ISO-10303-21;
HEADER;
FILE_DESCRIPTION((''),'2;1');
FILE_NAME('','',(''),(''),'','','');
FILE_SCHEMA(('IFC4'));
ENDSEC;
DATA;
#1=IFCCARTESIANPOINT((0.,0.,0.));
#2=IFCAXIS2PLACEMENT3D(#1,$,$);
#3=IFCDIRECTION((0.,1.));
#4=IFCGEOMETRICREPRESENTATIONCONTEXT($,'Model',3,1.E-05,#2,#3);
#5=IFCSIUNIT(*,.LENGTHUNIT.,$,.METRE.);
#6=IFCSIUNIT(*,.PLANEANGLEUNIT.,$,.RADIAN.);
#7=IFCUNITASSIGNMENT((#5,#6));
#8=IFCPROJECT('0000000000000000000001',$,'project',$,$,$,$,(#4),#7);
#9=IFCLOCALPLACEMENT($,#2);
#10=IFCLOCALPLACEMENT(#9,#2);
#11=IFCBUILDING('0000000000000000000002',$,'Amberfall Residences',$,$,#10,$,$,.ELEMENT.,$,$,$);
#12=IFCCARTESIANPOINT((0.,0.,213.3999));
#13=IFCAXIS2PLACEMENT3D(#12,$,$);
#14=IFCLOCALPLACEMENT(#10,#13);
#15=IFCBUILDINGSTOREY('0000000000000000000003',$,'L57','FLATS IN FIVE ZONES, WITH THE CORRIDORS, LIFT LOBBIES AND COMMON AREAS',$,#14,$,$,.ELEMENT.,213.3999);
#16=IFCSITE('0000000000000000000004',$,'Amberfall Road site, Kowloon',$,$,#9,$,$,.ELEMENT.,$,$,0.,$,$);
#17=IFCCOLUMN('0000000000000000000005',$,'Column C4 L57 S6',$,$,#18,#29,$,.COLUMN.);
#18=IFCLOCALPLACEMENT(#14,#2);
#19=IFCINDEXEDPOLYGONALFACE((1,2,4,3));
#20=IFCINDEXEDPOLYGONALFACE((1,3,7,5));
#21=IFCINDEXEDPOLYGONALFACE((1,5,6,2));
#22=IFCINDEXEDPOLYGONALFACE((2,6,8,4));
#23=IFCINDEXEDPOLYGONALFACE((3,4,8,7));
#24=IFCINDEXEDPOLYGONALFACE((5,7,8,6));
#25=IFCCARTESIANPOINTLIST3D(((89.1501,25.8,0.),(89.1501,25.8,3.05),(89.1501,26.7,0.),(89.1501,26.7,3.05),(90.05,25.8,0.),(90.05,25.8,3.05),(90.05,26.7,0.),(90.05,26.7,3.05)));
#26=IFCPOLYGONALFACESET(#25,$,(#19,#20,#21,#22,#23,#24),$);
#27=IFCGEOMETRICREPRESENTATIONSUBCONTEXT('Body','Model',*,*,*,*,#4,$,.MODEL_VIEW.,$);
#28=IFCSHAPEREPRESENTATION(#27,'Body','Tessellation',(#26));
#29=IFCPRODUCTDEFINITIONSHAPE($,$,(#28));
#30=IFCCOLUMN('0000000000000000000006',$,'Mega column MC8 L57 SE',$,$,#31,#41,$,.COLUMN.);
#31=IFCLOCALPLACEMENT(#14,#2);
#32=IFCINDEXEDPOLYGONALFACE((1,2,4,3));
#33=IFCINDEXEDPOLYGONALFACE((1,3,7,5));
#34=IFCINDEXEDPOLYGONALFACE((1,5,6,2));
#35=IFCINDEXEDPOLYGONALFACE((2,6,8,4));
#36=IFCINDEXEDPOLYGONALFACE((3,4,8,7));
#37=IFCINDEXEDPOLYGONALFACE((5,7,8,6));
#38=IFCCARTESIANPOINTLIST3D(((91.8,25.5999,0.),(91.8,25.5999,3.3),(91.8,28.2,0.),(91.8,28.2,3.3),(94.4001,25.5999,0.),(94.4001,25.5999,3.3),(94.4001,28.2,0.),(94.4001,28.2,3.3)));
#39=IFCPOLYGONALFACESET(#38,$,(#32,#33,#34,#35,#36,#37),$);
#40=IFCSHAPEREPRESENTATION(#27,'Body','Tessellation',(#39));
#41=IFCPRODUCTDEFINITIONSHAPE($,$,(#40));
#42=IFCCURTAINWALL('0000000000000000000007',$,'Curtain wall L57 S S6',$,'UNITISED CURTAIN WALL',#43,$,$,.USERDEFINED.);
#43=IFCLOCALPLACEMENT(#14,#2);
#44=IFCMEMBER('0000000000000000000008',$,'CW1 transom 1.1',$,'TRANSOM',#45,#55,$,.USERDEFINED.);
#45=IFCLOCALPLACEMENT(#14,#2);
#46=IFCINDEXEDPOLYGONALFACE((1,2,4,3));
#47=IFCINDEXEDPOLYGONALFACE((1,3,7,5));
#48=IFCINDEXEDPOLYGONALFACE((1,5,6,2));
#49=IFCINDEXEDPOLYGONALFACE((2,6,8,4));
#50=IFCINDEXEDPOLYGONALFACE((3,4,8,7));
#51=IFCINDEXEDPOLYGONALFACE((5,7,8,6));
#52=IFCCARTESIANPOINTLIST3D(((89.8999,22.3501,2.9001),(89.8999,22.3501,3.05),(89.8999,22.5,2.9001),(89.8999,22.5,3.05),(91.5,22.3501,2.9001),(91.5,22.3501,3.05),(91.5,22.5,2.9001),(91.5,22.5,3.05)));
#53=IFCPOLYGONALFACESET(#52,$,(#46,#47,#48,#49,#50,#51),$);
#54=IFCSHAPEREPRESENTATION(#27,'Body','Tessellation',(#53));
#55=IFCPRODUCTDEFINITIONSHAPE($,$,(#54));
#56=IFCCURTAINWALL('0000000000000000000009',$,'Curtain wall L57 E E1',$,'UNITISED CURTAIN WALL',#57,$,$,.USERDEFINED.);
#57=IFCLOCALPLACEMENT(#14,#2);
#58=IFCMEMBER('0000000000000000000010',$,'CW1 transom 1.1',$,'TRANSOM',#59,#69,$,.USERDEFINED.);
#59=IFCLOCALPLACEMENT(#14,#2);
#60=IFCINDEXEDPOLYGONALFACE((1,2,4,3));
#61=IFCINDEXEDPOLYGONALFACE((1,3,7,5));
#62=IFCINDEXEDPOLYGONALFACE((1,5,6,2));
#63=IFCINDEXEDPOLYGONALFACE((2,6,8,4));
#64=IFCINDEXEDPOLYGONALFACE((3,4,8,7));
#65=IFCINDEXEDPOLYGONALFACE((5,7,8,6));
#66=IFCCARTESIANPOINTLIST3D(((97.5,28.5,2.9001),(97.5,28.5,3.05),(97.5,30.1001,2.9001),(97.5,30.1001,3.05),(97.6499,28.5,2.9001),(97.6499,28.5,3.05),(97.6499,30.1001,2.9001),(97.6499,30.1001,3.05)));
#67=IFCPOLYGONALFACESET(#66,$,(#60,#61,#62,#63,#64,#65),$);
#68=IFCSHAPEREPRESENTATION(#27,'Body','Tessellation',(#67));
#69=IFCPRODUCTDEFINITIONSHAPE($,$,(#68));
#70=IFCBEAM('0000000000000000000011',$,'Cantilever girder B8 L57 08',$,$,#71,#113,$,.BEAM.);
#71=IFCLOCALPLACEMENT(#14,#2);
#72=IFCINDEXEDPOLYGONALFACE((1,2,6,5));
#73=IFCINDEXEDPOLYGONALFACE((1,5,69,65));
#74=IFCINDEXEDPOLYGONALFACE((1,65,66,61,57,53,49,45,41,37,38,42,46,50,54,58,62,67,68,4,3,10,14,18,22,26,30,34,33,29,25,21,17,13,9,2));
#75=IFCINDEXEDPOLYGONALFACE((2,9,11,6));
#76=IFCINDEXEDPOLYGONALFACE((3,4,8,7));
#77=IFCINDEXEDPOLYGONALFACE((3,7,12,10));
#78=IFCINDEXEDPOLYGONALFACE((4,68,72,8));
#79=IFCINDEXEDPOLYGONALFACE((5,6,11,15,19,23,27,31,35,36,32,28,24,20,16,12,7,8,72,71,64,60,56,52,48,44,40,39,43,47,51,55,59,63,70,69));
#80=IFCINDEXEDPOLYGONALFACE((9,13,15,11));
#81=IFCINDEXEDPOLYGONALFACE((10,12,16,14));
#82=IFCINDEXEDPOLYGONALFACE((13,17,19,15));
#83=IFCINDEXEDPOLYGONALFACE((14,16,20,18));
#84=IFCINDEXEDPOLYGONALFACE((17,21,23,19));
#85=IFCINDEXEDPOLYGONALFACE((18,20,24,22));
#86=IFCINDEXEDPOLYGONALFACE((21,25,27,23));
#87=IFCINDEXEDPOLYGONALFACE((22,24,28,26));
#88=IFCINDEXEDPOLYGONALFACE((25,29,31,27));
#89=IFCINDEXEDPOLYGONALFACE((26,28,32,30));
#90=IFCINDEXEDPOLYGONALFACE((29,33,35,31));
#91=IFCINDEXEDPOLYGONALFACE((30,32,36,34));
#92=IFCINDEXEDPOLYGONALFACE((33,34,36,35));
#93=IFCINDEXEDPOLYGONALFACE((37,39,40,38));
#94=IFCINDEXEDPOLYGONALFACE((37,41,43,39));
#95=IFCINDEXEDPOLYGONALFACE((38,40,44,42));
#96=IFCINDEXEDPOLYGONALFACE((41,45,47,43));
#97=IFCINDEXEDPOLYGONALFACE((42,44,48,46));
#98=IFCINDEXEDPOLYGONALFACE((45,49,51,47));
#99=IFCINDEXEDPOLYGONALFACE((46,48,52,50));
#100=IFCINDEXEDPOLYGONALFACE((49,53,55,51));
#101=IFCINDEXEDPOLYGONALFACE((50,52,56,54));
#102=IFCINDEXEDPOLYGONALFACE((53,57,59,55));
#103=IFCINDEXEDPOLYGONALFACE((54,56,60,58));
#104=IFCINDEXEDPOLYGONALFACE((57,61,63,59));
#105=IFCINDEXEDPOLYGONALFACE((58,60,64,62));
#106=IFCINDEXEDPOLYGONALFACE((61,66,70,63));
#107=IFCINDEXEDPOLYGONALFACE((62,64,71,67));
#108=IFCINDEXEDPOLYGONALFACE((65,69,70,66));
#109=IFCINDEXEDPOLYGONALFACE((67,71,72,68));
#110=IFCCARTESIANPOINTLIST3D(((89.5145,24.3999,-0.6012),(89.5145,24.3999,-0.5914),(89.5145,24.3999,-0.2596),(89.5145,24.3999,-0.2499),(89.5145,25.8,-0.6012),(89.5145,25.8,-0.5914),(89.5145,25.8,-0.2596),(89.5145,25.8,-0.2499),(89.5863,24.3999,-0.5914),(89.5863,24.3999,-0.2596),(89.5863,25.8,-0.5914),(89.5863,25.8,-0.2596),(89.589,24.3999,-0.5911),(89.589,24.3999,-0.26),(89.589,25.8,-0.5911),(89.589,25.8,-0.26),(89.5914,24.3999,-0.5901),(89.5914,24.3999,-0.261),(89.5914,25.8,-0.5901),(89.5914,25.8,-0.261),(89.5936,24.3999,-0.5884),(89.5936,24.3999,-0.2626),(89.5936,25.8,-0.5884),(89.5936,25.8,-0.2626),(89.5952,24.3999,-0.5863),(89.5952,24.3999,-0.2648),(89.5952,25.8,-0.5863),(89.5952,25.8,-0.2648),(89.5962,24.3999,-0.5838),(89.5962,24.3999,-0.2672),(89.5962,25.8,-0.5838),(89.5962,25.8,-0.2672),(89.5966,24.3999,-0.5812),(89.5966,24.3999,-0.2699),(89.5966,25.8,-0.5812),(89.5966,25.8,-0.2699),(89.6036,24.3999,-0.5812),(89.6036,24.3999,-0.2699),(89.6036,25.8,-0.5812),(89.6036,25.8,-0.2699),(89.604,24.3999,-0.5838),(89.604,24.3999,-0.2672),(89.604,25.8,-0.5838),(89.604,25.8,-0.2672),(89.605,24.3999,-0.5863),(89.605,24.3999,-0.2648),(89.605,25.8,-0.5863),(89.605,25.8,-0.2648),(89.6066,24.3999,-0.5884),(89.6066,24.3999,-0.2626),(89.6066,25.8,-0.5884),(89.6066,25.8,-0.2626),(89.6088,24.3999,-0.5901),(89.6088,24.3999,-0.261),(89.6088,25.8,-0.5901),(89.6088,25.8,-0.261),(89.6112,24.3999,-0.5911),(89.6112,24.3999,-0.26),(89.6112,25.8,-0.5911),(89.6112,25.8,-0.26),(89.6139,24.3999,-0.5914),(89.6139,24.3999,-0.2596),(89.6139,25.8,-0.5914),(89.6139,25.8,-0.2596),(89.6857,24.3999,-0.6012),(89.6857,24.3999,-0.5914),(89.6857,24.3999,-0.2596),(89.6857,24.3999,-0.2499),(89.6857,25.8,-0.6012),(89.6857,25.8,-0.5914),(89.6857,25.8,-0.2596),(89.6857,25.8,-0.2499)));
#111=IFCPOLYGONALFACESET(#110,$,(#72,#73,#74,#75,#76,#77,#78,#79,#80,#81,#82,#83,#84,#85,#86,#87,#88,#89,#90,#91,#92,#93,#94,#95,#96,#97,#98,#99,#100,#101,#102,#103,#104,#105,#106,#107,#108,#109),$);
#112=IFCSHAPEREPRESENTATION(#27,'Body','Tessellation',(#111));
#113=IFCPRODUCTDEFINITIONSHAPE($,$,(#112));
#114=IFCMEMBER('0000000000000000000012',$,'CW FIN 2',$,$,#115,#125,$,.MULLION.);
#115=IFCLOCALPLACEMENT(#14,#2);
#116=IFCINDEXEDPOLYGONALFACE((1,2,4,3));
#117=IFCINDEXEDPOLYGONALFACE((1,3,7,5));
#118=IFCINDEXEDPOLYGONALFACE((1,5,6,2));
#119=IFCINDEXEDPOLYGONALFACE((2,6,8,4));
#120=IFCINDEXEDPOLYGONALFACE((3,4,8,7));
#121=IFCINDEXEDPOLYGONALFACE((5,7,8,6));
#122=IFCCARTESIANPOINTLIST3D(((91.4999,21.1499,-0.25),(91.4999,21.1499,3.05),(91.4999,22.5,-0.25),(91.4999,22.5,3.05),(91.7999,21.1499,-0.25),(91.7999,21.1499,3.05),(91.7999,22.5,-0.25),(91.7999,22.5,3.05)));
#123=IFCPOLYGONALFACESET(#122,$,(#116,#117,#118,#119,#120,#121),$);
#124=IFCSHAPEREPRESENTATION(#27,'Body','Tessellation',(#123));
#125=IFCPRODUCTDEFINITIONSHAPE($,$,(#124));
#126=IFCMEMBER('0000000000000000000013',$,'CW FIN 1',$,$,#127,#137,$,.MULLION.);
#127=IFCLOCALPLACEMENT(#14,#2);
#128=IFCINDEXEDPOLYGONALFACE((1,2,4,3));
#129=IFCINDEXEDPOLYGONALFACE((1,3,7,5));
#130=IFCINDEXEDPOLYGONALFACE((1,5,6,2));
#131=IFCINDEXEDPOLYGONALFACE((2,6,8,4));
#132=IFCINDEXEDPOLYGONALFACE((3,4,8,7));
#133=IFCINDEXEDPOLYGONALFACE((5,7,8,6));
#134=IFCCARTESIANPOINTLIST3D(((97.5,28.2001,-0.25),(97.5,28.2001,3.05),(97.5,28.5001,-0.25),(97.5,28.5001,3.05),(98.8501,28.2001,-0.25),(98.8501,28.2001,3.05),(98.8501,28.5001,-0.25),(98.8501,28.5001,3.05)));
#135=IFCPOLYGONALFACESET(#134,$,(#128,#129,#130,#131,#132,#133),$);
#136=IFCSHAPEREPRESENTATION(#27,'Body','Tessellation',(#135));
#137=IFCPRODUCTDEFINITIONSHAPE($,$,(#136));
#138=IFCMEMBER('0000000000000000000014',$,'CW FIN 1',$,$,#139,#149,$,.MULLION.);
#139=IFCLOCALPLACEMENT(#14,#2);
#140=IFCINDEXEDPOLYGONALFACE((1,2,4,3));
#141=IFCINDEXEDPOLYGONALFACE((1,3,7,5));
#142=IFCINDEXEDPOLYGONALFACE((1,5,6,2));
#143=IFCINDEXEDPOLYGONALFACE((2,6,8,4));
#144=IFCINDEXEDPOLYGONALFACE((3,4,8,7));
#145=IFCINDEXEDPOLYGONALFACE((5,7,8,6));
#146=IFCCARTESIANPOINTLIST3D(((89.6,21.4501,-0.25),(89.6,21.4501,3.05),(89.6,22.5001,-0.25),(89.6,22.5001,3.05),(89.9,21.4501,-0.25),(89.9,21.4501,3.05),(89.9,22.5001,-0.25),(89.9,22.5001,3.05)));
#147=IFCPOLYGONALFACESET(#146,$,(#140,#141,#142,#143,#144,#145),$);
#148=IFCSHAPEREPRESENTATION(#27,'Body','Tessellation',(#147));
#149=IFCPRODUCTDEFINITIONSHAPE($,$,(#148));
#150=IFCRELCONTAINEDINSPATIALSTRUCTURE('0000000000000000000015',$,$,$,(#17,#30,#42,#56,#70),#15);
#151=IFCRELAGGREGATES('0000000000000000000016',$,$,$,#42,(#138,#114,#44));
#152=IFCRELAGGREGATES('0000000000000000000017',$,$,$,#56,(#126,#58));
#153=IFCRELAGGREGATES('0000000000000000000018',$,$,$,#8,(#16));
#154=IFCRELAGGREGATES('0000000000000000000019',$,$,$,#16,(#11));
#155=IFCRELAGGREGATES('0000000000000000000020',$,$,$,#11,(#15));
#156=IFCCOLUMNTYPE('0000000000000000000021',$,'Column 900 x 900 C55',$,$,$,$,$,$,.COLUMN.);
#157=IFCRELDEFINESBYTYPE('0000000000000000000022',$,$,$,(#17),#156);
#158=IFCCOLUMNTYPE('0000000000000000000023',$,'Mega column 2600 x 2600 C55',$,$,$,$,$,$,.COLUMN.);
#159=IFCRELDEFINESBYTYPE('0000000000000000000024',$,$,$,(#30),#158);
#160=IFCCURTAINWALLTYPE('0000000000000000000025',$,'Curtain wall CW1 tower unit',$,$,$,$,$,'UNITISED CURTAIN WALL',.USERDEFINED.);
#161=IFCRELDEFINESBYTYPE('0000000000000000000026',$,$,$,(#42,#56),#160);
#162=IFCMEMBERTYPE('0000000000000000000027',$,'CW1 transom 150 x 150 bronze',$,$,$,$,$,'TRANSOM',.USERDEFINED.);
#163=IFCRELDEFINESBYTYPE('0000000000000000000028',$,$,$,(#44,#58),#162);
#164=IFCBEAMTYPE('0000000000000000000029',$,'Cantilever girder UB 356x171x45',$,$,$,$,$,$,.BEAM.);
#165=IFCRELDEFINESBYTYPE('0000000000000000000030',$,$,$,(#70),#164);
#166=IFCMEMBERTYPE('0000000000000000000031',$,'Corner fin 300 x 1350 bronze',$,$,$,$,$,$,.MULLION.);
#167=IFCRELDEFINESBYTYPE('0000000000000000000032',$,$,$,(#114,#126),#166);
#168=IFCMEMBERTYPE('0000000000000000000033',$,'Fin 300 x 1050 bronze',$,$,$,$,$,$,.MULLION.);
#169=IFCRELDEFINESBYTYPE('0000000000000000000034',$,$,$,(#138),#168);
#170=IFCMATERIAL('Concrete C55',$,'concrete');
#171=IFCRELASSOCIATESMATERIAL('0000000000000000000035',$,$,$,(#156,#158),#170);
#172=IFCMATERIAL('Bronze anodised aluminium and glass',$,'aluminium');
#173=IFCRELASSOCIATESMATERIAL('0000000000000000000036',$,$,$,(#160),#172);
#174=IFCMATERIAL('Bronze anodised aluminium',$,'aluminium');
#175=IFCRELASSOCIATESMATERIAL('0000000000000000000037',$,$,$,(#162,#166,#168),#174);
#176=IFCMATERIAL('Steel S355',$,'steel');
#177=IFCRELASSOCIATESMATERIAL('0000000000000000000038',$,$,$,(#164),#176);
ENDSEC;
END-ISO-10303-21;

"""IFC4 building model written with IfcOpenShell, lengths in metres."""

from ifc_helpers import new_model, si_unit, direction, frame, origin, origin_2d, place, context, subcontext, project, spatial, rectangle, i_section, extrude, material, material_profile, profile_set, type_object, element, aggregate, save


model = new_model("IFC4")

# Units and contexts
model_context = context("Model", 3, precision=1e-05, world=origin(), true_north=direction((0.0, 1.0)))
body_context = subcontext(model_context, "Body", "Model", "MODEL_VIEW")
ifc_project = project(units=[si_unit("LENGTHUNIT", "METRE"), si_unit("PLANEANGLEUNIT", "RADIAN")], contexts=[model_context])

# Site, building, storey
site_placement = place(None, origin())
site = spatial("IfcSite", under=ifc_project, at=site_placement, Name="Amberfall Road site, Kowloon", CompositionType="ELEMENT", RefElevation=0.0)
building_placement = place(site_placement, origin())
building = spatial("IfcBuilding", under=site, at=building_placement, Name="Amberfall Residences", CompositionType="ELEMENT")
storey_placement = place(building_placement, frame((0.0, 0.0, 213.3999)))
storey = spatial("IfcBuildingStorey", under=building, at=storey_placement, Name="L57", Description="FLATS IN FIVE ZONES, WITH THE CORRIDORS, LIFT LOBBIES AND COMMON AREAS", CompositionType="ELEMENT", Elevation=213.3999)

# Columns
ifc_material_1 = material(Name="Concrete C55", Category="concrete")
ifc_material_profile_1 = material_profile(ifc_material_1, rectangle(XDim=0.8999, YDim=0.8999, at=origin_2d()), Name="Column 900 x 900 C55")
ifc_profile_set_1 = profile_set([ifc_material_profile_1], Name="Concrete C55")
column_type_1 = type_object("IfcColumnType", Name="Column 900 x 900 C55", PredefinedType="COLUMN", material=ifc_profile_set_1)
column_1_placement = place(storey_placement, frame((89.6001, 26.25, 0.0), z_axis=(0.0, 0.0, 1.0), x_axis=(1.0, 0.0, 0.0)))
element("IfcColumn", 1, at=column_1_placement, inside=storey, type_object=column_type_1, Name="Column C4 L57 S6", PredefinedType="COLUMN", context=body_context, shape_type="SweptSolid", body=[
    extrude(rectangle(XDim=0.8999, YDim=0.8999, at=origin_2d()), origin(), (0.0, 0.0, 1.0), 3.05),
])
ifc_material_profile_2 = material_profile(ifc_material_1, rectangle(XDim=2.6001, YDim=2.6001, at=origin_2d()), Name="Mega column 2600 x 2600 C55")
ifc_profile_set_2 = profile_set([ifc_material_profile_2], Name="Concrete C55")
column_type_2 = type_object("IfcColumnType", Name="Mega column 2600 x 2600 C55", PredefinedType="COLUMN", material=ifc_profile_set_2)
column_2_placement = place(storey_placement, frame((93.1001, 26.8999, 0.0), z_axis=(0.0, 0.0, 1.0), x_axis=(1.0, 0.0, 0.0)))
element("IfcColumn", 2, at=column_2_placement, inside=storey, type_object=column_type_2, Name="Mega column MC8 L57 SE", PredefinedType="COLUMN", context=body_context, shape_type="SweptSolid", body=[
    extrude(rectangle(XDim=2.6001, YDim=2.6001, at=origin_2d()), origin(), (0.0, 0.0, 1.0), 3.3),
])

# Curtain walls, members
ifc_material_2 = material(Name="Bronze anodised aluminium and glass", Category="aluminium")
curtain_wall_type = type_object("IfcCurtainWallType", Name="Curtain wall CW1 tower unit", ElementType="UNITISED CURTAIN WALL", PredefinedType="USERDEFINED", material=ifc_material_2)
curtain_wall_1_placement = place(storey_placement, origin())
curtain_wall_1 = element("IfcCurtainWall", 3, at=curtain_wall_1_placement, inside=storey, type_object=curtain_wall_type, Name="Curtain wall L57 S S6", ObjectType="UNITISED CURTAIN WALL", PredefinedType="USERDEFINED")
ifc_material_3 = material(Name="Bronze anodised aluminium", Category="aluminium")
ifc_material_profile_3 = material_profile(ifc_material_3, rectangle(XDim=0.1499, YDim=0.1499, at=origin_2d()), Name="CW1 transom 150 x 150 bronze")
ifc_profile_set_3 = profile_set([ifc_material_profile_3], Name="Bronze anodised aluminium")
member_type_1 = type_object("IfcMemberType", Name="CW1 transom 150 x 150 bronze", ElementType="TRANSOM", PredefinedType="USERDEFINED", material=ifc_profile_set_3)
member_1_placement = place(storey_placement, frame((89.8999, 22.425, 2.9751), z_axis=(1.0, 0.0, 0.0), x_axis=(0.0, 1.0, 0.0)))
member_1 = element("IfcMember", 4, at=member_1_placement, type_object=member_type_1, Name="CW1 transom 1.1", ObjectType="TRANSOM", PredefinedType="USERDEFINED", context=body_context, shape_type="SweptSolid", body=[
    extrude(rectangle(XDim=0.1499, YDim=0.1499, at=origin_2d()), origin(), (0.0, 0.0, 1.0), 1.6001),
])
curtain_wall_2_placement = place(storey_placement, origin())
curtain_wall_2 = element("IfcCurtainWall", 5, at=curtain_wall_2_placement, inside=storey, type_object=curtain_wall_type, Name="Curtain wall L57 E E1", ObjectType="UNITISED CURTAIN WALL", PredefinedType="USERDEFINED")
member_2_placement = place(storey_placement, frame((97.575, 28.5, 2.9751), z_axis=(0.0, 1.0, 0.0), x_axis=(-1.0, 0.0, 0.0)))
member_2 = element("IfcMember", 6, at=member_2_placement, type_object=member_type_1, Name="CW1 transom 1.1", ObjectType="TRANSOM", PredefinedType="USERDEFINED", context=body_context, shape_type="SweptSolid", body=[
    extrude(rectangle(XDim=0.1499, YDim=0.1499, at=origin_2d()), origin(), (0.0, 0.0, 1.0), 1.6001),
])

# Beam
ifc_material_4 = material(Name="Steel S355", Category="steel")
ifc_material_profile_4 = material_profile(ifc_material_4, i_section(OverallWidth=0.1711, OverallDepth=0.3513, WebThickness=0.0071, FlangeThickness=0.0098, FilletRadius=0.0103, at=origin_2d()), Name="UB 356x171x45")
ifc_profile_set_4 = profile_set([ifc_material_profile_4], Name="Steel S355")
beam_type_1 = type_object("IfcBeamType", Name="Cantilever girder UB 356x171x45", PredefinedType="BEAM", material=ifc_profile_set_4)
beam_1_placement = place(storey_placement, frame((89.6001, 25.8, -0.4255), z_axis=(0.0, -1.0, 0.0), x_axis=(1.0, 0.0, 0.0)))
element("IfcBeam", 7, at=beam_1_placement, inside=storey, type_object=beam_type_1, Name="Cantilever girder B8 L57 08", PredefinedType="BEAM", context=body_context, shape_type="SweptSolid", body=[
    extrude(i_section(OverallWidth=0.1711, OverallDepth=0.3513, WebThickness=0.0071, FlangeThickness=0.0098, FilletRadius=0.0103, at=origin_2d()), origin(), (0.0, 0.0, 1.0), 1.4001),
])

# Members
ifc_material_profile_5 = material_profile(ifc_material_3, rectangle(XDim=1.3501, YDim=0.3, at=origin_2d()), Name="Corner fin 300 x 1350 bronze")
ifc_profile_set_5 = profile_set([ifc_material_profile_5], Name="Bronze anodised aluminium")
member_type_2 = type_object("IfcMemberType", Name="Corner fin 300 x 1350 bronze", PredefinedType="MULLION", material=ifc_profile_set_5)
member_3_placement = place(storey_placement, frame((91.6499, 21.825, -0.25), z_axis=(0.0, 0.0, 1.0), x_axis=(0.0, 1.0, 0.0)))
member_3 = element("IfcMember", 8, at=member_3_placement, type_object=member_type_2, Name="CW FIN 2", PredefinedType="MULLION", context=body_context, shape_type="SweptSolid", body=[
    extrude(rectangle(XDim=1.3501, YDim=0.3, at=origin_2d()), origin(), (0.0, 0.0, 1.0), 3.3),
])
member_4_placement = place(storey_placement, frame((98.175, 28.3501, -0.25), z_axis=(0.0, 0.0, 1.0), x_axis=(-1.0, 0.0, 0.0)))
member_4 = element("IfcMember", 9, at=member_4_placement, type_object=member_type_2, Name="CW FIN 1", PredefinedType="MULLION", context=body_context, shape_type="SweptSolid", body=[
    extrude(rectangle(XDim=1.3501, YDim=0.3, at=origin_2d()), origin(), (0.0, 0.0, 1.0), 3.3),
])
ifc_material_profile_6 = material_profile(ifc_material_3, rectangle(XDim=1.05, YDim=0.3, at=origin_2d()), Name="Fin 300 x 1050 bronze")
ifc_profile_set_6 = profile_set([ifc_material_profile_6], Name="Bronze anodised aluminium")
member_type_3 = type_object("IfcMemberType", Name="Fin 300 x 1050 bronze", PredefinedType="MULLION", material=ifc_profile_set_6)
member_5_placement = place(storey_placement, frame((89.75, 21.9751, -0.25), z_axis=(0.0, 0.0, 1.0), x_axis=(0.0, 1.0, 0.0)))
member_5 = element("IfcMember", 10, at=member_5_placement, type_object=member_type_3, Name="CW FIN 1", PredefinedType="MULLION", context=body_context, shape_type="SweptSolid", body=[
    extrude(rectangle(XDim=1.05, YDim=0.3, at=origin_2d()), origin(), (0.0, 0.0, 1.0), 3.3),
])

aggregate(curtain_wall_1, [member_5, member_3, member_1])
aggregate(curtain_wall_2, [member_4, member_2])

save(model, "model.ifc")
